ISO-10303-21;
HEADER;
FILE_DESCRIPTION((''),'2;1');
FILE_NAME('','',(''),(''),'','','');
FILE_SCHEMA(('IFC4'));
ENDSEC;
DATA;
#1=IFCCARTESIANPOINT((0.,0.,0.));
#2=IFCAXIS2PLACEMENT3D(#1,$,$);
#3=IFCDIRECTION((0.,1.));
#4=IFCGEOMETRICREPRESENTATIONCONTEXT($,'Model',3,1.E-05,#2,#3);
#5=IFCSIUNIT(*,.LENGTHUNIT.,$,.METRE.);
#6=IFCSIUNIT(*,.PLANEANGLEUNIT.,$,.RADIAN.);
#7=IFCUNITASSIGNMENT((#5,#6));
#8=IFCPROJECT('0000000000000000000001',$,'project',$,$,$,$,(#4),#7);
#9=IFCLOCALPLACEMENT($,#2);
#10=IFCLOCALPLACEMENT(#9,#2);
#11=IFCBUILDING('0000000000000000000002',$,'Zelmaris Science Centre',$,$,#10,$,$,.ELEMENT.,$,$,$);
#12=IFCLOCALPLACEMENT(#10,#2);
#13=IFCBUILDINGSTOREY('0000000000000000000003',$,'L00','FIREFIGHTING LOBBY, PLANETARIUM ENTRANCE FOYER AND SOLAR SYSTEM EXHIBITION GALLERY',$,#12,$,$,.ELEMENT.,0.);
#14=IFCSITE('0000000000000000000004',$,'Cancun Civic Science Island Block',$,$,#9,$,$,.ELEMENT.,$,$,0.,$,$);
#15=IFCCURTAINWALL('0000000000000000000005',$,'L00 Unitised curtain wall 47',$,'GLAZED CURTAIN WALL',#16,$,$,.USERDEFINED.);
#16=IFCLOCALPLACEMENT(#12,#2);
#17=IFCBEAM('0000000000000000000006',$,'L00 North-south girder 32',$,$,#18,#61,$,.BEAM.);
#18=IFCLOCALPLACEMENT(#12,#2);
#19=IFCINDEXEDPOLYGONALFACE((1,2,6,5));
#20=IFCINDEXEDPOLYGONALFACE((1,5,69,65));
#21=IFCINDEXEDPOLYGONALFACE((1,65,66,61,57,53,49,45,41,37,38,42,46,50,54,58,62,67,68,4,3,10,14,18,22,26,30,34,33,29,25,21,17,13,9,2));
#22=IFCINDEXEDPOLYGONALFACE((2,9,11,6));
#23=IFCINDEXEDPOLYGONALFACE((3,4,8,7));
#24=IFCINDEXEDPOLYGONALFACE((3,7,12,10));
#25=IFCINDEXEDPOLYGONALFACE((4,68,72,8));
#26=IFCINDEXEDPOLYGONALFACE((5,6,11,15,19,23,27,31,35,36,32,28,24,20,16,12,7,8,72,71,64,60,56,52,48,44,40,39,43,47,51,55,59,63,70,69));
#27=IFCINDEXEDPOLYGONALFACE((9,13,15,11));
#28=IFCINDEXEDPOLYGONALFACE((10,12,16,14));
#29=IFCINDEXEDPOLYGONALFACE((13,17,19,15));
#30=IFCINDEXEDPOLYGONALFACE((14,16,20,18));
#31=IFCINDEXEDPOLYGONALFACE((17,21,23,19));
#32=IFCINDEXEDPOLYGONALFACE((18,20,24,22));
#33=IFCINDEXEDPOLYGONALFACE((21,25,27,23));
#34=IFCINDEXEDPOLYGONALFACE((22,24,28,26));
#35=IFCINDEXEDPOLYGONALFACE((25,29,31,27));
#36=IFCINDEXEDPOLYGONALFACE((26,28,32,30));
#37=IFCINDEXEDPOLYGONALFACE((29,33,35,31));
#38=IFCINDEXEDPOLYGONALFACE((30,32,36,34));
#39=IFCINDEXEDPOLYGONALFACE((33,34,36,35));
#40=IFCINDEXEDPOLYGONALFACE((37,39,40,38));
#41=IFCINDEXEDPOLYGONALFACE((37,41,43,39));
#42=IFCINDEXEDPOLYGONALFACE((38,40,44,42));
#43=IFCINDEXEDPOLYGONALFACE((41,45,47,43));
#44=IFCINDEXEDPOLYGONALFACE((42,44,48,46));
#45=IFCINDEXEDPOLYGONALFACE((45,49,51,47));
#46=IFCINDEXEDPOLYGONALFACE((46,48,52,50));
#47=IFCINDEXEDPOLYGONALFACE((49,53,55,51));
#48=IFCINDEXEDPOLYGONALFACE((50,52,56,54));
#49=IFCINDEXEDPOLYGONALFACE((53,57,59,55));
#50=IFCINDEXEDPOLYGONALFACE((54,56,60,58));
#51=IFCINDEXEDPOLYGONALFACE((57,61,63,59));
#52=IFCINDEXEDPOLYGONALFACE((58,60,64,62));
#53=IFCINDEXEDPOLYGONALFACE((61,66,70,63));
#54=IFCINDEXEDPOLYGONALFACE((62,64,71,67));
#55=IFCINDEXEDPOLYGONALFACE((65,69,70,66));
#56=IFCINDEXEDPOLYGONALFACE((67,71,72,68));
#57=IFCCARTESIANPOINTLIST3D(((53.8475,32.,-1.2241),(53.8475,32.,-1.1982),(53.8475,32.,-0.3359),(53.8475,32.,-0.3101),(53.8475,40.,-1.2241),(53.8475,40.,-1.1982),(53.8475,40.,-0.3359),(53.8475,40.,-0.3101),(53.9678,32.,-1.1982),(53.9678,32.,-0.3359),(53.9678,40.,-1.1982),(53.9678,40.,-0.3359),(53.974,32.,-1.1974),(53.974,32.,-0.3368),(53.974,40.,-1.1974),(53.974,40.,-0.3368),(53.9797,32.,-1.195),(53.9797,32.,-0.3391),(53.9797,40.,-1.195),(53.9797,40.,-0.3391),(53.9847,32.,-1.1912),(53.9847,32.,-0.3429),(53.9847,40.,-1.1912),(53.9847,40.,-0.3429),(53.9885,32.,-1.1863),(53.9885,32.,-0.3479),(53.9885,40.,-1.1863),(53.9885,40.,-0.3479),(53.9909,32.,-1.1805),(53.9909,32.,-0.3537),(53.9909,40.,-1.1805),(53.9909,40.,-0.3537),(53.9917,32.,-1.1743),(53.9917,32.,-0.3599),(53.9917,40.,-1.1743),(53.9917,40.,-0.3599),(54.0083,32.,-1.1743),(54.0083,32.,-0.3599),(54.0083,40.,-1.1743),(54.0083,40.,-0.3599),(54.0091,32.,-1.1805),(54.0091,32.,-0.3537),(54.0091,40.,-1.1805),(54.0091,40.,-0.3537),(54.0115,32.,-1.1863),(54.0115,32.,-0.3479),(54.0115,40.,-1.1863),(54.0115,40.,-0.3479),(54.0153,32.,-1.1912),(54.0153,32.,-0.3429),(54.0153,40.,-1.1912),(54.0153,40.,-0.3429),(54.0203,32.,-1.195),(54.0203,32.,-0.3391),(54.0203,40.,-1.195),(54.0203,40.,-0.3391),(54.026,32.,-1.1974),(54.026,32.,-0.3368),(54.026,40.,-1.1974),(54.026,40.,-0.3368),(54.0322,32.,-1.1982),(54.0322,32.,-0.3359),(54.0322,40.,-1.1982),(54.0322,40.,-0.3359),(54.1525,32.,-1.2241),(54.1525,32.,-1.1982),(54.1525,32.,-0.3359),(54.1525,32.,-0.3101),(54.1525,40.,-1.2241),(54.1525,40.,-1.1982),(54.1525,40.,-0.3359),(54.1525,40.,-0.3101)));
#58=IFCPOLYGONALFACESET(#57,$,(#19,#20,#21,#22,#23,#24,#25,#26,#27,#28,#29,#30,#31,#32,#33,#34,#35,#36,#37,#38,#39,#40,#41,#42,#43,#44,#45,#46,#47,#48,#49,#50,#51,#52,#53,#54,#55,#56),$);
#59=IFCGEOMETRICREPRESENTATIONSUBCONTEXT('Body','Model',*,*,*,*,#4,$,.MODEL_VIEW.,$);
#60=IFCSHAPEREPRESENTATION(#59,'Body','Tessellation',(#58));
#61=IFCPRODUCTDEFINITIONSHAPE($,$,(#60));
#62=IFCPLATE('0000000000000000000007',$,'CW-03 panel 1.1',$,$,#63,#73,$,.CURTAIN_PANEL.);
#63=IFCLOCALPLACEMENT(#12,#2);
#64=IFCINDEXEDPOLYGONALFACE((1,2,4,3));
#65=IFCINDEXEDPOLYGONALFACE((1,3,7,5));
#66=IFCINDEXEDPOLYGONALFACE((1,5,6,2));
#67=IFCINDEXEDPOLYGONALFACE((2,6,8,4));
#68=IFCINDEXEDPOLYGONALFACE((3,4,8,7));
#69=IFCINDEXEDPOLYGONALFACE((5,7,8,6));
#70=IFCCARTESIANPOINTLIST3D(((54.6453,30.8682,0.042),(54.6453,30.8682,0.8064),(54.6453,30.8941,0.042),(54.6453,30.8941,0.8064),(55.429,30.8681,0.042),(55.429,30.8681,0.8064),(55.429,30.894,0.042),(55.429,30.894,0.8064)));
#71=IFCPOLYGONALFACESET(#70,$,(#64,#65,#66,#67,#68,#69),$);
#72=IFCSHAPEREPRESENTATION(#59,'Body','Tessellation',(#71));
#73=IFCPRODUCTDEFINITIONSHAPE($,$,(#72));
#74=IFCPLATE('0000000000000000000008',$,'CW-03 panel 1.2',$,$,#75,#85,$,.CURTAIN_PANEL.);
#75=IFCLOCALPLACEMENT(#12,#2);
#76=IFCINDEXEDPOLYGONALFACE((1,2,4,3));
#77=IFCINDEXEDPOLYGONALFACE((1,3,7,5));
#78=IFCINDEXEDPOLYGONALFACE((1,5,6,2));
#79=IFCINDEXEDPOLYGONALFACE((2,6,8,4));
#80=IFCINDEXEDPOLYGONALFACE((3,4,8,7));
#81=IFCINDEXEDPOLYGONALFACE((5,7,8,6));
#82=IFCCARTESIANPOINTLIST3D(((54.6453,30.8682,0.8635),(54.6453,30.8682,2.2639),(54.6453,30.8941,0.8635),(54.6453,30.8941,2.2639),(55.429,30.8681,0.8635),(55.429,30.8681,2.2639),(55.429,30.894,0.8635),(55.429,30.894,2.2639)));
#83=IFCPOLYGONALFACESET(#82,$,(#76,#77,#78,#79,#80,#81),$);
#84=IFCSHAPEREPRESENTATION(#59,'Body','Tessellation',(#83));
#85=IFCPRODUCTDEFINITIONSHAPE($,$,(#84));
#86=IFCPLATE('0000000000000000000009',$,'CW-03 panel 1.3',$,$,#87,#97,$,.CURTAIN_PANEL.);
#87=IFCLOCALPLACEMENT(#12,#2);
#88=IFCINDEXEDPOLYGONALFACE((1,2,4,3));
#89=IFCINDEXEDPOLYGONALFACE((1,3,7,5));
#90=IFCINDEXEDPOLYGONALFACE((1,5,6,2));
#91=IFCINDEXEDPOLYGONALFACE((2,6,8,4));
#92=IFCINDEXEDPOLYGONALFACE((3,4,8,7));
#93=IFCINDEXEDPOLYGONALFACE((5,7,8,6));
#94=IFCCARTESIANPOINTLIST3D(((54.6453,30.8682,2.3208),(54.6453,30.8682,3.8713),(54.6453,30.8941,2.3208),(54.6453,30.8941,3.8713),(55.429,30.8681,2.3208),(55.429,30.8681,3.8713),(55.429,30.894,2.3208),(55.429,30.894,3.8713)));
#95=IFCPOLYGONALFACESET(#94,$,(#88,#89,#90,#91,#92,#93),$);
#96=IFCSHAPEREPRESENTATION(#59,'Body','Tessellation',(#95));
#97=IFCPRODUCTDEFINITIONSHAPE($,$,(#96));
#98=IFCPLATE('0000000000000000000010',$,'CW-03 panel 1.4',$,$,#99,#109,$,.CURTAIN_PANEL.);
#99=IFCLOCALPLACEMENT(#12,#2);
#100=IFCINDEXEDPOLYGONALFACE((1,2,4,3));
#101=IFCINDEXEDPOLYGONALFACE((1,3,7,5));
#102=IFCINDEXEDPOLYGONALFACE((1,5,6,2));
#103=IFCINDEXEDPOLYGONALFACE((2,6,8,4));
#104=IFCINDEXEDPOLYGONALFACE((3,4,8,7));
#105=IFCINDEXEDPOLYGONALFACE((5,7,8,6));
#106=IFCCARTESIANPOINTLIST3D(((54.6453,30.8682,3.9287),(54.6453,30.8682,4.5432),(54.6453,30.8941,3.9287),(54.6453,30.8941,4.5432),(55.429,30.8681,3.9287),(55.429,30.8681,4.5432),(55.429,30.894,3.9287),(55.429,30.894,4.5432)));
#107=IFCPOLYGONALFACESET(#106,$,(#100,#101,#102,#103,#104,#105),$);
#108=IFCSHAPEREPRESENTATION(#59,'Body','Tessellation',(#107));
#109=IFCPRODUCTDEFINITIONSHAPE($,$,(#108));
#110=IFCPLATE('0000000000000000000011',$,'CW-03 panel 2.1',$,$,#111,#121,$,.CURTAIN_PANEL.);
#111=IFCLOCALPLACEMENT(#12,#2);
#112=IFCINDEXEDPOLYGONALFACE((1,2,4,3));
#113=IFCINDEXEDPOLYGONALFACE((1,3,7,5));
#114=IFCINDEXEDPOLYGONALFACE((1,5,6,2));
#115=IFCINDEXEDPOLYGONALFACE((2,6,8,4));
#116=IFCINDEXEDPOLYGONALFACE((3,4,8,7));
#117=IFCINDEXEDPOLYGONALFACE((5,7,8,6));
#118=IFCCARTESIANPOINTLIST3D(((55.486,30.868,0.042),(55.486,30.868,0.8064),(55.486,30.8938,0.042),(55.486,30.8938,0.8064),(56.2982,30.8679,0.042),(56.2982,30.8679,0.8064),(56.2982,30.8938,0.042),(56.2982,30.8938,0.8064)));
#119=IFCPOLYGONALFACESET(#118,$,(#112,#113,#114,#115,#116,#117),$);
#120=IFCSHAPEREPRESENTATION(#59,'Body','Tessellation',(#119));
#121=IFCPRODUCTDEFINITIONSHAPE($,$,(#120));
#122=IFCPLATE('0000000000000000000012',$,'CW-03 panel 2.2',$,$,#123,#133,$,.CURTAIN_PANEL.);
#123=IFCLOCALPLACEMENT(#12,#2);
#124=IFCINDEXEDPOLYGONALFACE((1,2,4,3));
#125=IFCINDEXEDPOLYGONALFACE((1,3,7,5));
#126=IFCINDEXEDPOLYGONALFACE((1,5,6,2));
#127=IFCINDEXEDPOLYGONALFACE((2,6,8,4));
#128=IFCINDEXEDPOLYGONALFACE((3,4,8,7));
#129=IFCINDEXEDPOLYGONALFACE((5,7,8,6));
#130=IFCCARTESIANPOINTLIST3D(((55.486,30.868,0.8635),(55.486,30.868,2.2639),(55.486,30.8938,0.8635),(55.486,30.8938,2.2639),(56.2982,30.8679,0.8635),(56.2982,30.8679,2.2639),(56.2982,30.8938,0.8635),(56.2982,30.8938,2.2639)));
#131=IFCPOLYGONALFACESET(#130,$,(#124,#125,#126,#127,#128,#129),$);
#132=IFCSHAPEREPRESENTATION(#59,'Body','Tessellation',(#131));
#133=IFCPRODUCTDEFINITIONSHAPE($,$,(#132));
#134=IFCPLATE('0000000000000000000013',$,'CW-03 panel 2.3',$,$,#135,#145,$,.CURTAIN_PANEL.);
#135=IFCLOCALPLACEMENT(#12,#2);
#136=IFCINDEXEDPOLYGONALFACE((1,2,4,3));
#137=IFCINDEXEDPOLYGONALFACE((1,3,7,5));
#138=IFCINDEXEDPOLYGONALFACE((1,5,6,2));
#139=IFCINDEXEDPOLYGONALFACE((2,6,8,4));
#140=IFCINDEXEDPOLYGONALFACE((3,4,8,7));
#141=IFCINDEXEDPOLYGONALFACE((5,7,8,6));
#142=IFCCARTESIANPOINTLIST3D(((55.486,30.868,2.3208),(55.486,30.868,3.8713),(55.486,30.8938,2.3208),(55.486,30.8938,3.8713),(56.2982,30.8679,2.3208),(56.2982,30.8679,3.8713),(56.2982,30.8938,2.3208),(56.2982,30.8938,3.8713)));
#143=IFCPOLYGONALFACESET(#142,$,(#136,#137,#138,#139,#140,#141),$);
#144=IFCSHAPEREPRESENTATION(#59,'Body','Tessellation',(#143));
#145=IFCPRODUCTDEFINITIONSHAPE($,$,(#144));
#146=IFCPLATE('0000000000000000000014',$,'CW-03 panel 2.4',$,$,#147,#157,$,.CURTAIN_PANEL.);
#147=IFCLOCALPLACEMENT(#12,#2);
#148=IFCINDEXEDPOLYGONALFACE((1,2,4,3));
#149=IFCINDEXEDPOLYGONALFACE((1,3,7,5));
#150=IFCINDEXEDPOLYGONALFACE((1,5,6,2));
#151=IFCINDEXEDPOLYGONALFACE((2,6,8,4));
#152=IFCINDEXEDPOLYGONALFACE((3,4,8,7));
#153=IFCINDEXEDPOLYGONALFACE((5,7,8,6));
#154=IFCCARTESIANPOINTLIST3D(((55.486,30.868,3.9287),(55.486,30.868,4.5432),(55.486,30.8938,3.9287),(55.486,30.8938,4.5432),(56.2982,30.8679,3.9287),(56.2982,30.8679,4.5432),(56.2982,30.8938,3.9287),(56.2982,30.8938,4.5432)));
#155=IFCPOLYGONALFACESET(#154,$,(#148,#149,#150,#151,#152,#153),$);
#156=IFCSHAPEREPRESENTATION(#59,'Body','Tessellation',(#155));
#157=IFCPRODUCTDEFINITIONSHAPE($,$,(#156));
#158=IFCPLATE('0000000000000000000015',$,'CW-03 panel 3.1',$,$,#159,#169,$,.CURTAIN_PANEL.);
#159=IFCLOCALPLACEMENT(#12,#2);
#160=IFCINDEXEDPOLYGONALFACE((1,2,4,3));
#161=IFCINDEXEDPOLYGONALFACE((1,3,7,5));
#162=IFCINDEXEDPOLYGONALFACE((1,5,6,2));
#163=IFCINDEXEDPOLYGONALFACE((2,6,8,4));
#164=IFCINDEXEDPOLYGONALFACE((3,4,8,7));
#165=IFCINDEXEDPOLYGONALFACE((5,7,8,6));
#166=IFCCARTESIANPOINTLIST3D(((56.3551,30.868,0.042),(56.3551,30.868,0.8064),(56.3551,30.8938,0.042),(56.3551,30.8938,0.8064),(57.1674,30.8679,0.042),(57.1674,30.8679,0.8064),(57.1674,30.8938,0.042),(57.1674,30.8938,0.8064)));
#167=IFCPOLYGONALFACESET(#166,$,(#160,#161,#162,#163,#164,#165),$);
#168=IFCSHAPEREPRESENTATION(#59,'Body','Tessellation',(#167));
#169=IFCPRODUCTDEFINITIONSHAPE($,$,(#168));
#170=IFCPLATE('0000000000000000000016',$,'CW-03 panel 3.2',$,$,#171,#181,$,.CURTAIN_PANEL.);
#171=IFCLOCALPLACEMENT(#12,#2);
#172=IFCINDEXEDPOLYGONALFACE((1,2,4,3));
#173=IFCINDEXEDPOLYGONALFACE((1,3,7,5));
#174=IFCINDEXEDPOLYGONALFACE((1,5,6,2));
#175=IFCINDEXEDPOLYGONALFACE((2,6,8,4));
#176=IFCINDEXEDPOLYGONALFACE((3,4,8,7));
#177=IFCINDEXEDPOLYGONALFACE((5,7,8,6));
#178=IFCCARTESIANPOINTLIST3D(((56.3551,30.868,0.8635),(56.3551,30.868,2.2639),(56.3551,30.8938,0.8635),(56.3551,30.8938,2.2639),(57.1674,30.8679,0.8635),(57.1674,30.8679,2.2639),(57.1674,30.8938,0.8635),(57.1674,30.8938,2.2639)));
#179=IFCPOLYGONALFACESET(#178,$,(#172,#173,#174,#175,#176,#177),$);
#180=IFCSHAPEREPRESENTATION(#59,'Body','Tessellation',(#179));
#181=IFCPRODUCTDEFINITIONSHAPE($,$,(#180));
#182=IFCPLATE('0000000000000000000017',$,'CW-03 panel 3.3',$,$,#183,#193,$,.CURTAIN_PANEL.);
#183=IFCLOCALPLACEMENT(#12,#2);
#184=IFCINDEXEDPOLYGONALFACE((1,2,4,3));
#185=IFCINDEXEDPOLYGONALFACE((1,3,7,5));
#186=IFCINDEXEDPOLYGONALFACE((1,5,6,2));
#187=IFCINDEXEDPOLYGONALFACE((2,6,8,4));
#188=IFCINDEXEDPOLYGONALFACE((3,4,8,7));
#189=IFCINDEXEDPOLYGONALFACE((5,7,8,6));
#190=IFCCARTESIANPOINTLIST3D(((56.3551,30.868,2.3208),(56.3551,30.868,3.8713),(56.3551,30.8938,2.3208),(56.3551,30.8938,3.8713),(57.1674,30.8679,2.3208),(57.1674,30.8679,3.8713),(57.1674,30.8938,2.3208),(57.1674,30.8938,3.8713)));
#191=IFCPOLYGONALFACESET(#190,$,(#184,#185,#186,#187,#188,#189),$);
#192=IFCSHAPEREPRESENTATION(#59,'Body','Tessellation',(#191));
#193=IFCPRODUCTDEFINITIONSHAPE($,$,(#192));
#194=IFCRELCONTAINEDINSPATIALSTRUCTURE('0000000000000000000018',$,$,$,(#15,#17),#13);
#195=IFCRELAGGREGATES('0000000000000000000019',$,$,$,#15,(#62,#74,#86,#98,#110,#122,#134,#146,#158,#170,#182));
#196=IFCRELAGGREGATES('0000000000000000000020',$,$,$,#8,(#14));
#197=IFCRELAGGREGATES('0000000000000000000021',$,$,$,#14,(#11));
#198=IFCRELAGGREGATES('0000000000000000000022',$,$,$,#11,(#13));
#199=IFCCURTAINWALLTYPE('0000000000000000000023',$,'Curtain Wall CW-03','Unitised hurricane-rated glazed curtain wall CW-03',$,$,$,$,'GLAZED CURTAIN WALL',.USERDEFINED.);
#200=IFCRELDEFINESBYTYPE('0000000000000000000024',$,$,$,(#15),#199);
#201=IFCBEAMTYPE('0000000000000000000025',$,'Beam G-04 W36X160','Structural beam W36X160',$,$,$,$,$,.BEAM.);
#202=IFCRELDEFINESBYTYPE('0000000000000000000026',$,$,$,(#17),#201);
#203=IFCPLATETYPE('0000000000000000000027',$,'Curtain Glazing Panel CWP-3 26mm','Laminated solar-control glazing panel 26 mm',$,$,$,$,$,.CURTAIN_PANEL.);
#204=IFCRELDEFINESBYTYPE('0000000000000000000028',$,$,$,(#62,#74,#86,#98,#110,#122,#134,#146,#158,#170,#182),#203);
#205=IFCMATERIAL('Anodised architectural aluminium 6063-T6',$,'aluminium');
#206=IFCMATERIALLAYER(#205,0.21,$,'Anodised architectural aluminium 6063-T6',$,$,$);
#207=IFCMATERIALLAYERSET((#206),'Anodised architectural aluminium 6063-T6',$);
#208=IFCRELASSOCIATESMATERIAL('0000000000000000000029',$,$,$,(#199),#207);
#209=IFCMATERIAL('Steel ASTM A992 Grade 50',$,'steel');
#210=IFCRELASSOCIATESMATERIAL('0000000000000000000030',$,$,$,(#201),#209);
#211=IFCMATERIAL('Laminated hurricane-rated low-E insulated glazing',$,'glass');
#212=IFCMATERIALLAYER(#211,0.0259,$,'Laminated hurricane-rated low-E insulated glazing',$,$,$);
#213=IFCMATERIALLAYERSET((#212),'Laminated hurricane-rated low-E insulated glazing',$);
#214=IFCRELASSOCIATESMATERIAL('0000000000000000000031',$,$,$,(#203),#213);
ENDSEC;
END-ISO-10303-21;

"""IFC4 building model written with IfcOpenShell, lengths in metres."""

from ifc_helpers import new_model, si_unit, direction, frame, origin, origin_2d, place, context, subcontext, project, spatial, rectangle, i_section, extrude, material, layer, layer_set, material_profile, profile_set, type_object, element, aggregate, save


model = new_model("IFC4")

# Units and contexts
model_context = context("Model", 3, precision=1e-05, world=origin(), true_north=direction((0.0, 1.0)))
body_context = subcontext(model_context, "Body", "Model", "MODEL_VIEW")
ifc_project = project(units=[si_unit("LENGTHUNIT", "METRE"), si_unit("PLANEANGLEUNIT", "RADIAN")], contexts=[model_context])

# Site, building, storey
site_placement = place(None, origin())
site = spatial("IfcSite", under=ifc_project, at=site_placement, Name="Cancun Civic Science Island Block", CompositionType="ELEMENT", RefElevation=0.0)
building_placement = place(site_placement, origin())
building = spatial("IfcBuilding", under=site, at=building_placement, Name="Zelmaris Science Centre", CompositionType="ELEMENT")
storey_placement = place(building_placement, origin())
storey = spatial("IfcBuildingStorey", under=building, at=storey_placement, Name="L00", Description="FIREFIGHTING LOBBY, PLANETARIUM ENTRANCE FOYER AND SOLAR SYSTEM EXHIBITION GALLERY", CompositionType="ELEMENT", Elevation=0.0)

# Shared definitions
ifc_material_1 = material(Name="Steel ASTM A992 Grade 50", Category="steel")

# Curtain wall
ifc_material_2 = material(Name="Anodised architectural aluminium 6063-T6", Category="aluminium")
ifc_layer_1 = layer(ifc_material_2, 0.21, Name="Anodised architectural aluminium 6063-T6")
ifc_layer_set_1 = layer_set([ifc_layer_1], Name="Anodised architectural aluminium 6063-T6")
curtain_wall_type = type_object("IfcCurtainWallType", Name="Curtain Wall CW-03", Description="Unitised hurricane-rated glazed curtain wall CW-03", ElementType="GLAZED CURTAIN WALL", PredefinedType="USERDEFINED", material=ifc_layer_set_1)
curtain_wall_placement = place(storey_placement, origin())
curtain_wall = element("IfcCurtainWall", 1, at=curtain_wall_placement, inside=storey, type_object=curtain_wall_type, Name="L00 Unitised curtain wall 47", ObjectType="GLAZED CURTAIN WALL", PredefinedType="USERDEFINED")

# Beam
ifc_material_profile_1 = material_profile(ifc_material_1, i_section(OverallWidth=0.3049, OverallDepth=0.9141, WebThickness=0.0166, FlangeThickness=0.0259, FilletRadius=0.0239, at=origin_2d()), Name="W36X160")
ifc_profile_set_1 = profile_set([ifc_material_profile_1], Name="Steel ASTM A992 Grade 50")
beam_type = type_object("IfcBeamType", Name="Beam G-04 W36X160", Description="Structural beam W36X160", PredefinedType="BEAM", material=ifc_profile_set_1)
beam_placement = place(storey_placement, frame((54.0, 32.0, -0.7671), z_axis=(0.0, 1.0, 0.0), x_axis=(-1.0, 0.0, 0.0)))
element("IfcBeam", 2, at=beam_placement, inside=storey, type_object=beam_type, Name="L00 North-south girder 32", PredefinedType="BEAM", context=body_context, shape_type="SweptSolid", body=[
    extrude(i_section(OverallWidth=0.3049, OverallDepth=0.9141, WebThickness=0.0166, FlangeThickness=0.0259, FilletRadius=0.0239, at=origin_2d()), origin(), (0.0, 0.0, 1.0), 8.0),
])

# Plates
ifc_material_3 = material(Name="Laminated hurricane-rated low-E insulated glazing", Category="glass")
ifc_layer_2 = layer(ifc_material_3, 0.0259, Name="Laminated hurricane-rated low-E insulated glazing")
ifc_layer_set_2 = layer_set([ifc_layer_2], Name="Laminated hurricane-rated low-E insulated glazing")
plate_type = type_object("IfcPlateType", Name="Curtain Glazing Panel CWP-3 26mm", Description="Laminated solar-control glazing panel 26 mm", PredefinedType="CURTAIN_PANEL", material=ifc_layer_set_2)
plate_1_placement = place(storey_placement, frame((55.0371, 30.8811, 0.042), z_axis=(0.0, 0.0, 1.0), x_axis=(1.0, -0.000115, 0.0)))
plate_1 = element("IfcPlate", 3, at=plate_1_placement, type_object=plate_type, Name="CW-03 panel 1.1", PredefinedType="CURTAIN_PANEL", context=body_context, shape_type="SweptSolid", body=[
    extrude(rectangle(XDim=0.7837, YDim=0.0259, at=origin_2d()), origin(), (0.0, 0.0, 1.0), 0.7644),
])
plate_2_placement = place(storey_placement, frame((55.0371, 30.8811, 0.8635), z_axis=(0.0, 0.0, 1.0), x_axis=(1.0, -0.000115, 0.0)))
plate_2 = element("IfcPlate", 4, at=plate_2_placement, type_object=plate_type, Name="CW-03 panel 1.2", PredefinedType="CURTAIN_PANEL", context=body_context, shape_type="SweptSolid", body=[
    extrude(rectangle(XDim=0.7837, YDim=0.0259, at=origin_2d()), origin(), (0.0, 0.0, 1.0), 1.4004),
])
plate_3_placement = place(storey_placement, frame((55.0371, 30.8811, 2.3208), z_axis=(0.0, 0.0, 1.0), x_axis=(1.0, -0.000115, 0.0)))
plate_3 = element("IfcPlate", 5, at=plate_3_placement, type_object=plate_type, Name="CW-03 panel 1.3", PredefinedType="CURTAIN_PANEL", context=body_context, shape_type="SweptSolid", body=[
    extrude(rectangle(XDim=0.7837, YDim=0.0259, at=origin_2d()), origin(), (0.0, 0.0, 1.0), 1.5505),
])
plate_4_placement = place(storey_placement, frame((55.0371, 30.8811, 3.9287), z_axis=(0.0, 0.0, 1.0), x_axis=(1.0, -0.000115, 0.0)))
plate_4 = element("IfcPlate", 6, at=plate_4_placement, type_object=plate_type, Name="CW-03 panel 1.4", PredefinedType="CURTAIN_PANEL", context=body_context, shape_type="SweptSolid", body=[
    extrude(rectangle(XDim=0.7837, YDim=0.0259, at=origin_2d()), origin(), (0.0, 0.0, 1.0), 0.6145),
])
plate_5_placement = place(storey_placement, frame((55.8921, 30.8809, 0.042), z_axis=(0.0, 0.0, 1.0), x_axis=(1.0, -0.000115, 0.0)))
plate_5 = element("IfcPlate", 7, at=plate_5_placement, type_object=plate_type, Name="CW-03 panel 2.1", PredefinedType="CURTAIN_PANEL", context=body_context, shape_type="SweptSolid", body=[
    extrude(rectangle(XDim=0.8123, YDim=0.0259, at=origin_2d()), origin(), (0.0, 0.0, 1.0), 0.7644),
])
plate_6_placement = place(storey_placement, frame((55.8921, 30.8809, 0.8635), z_axis=(0.0, 0.0, 1.0), x_axis=(1.0, -0.000115, 0.0)))
plate_6 = element("IfcPlate", 8, at=plate_6_placement, type_object=plate_type, Name="CW-03 panel 2.2", PredefinedType="CURTAIN_PANEL", context=body_context, shape_type="SweptSolid", body=[
    extrude(rectangle(XDim=0.8123, YDim=0.0259, at=origin_2d()), origin(), (0.0, 0.0, 1.0), 1.4004),
])
plate_7_placement = place(storey_placement, frame((55.8921, 30.8809, 2.3208), z_axis=(0.0, 0.0, 1.0), x_axis=(1.0, -0.000115, 0.0)))
plate_7 = element("IfcPlate", 9, at=plate_7_placement, type_object=plate_type, Name="CW-03 panel 2.3", PredefinedType="CURTAIN_PANEL", context=body_context, shape_type="SweptSolid", body=[
    extrude(rectangle(XDim=0.8123, YDim=0.0259, at=origin_2d()), origin(), (0.0, 0.0, 1.0), 1.5505),
])
plate_8_placement = place(storey_placement, frame((55.8921, 30.8809, 3.9287), z_axis=(0.0, 0.0, 1.0), x_axis=(1.0, -0.000115, 0.0)))
plate_8 = element("IfcPlate", 10, at=plate_8_placement, type_object=plate_type, Name="CW-03 panel 2.4", PredefinedType="CURTAIN_PANEL", context=body_context, shape_type="SweptSolid", body=[
    extrude(rectangle(XDim=0.8123, YDim=0.0259, at=origin_2d()), origin(), (0.0, 0.0, 1.0), 0.6145),
])
plate_9_placement = place(storey_placement, frame((56.7612, 30.8809, 0.042), z_axis=(0.0, 0.0, 1.0), x_axis=(1.0, -0.000115, 0.0)))
plate_9 = element("IfcPlate", 11, at=plate_9_placement, type_object=plate_type, Name="CW-03 panel 3.1", PredefinedType="CURTAIN_PANEL", context=body_context, shape_type="SweptSolid", body=[
    extrude(rectangle(XDim=0.8123, YDim=0.0259, at=origin_2d()), origin(), (0.0, 0.0, 1.0), 0.7644),
])
plate_10_placement = place(storey_placement, frame((56.7612, 30.8809, 0.8635), z_axis=(0.0, 0.0, 1.0), x_axis=(1.0, -0.000115, 0.0)))
plate_10 = element("IfcPlate", 12, at=plate_10_placement, type_object=plate_type, Name="CW-03 panel 3.2", PredefinedType="CURTAIN_PANEL", context=body_context, shape_type="SweptSolid", body=[
    extrude(rectangle(XDim=0.8123, YDim=0.0259, at=origin_2d()), origin(), (0.0, 0.0, 1.0), 1.4004),
])
plate_11_placement = place(storey_placement, frame((56.7612, 30.8809, 2.3208), z_axis=(0.0, 0.0, 1.0), x_axis=(1.0, -0.000115, 0.0)))
plate_11 = element("IfcPlate", 13, at=plate_11_placement, type_object=plate_type, Name="CW-03 panel 3.3", PredefinedType="CURTAIN_PANEL", context=body_context, shape_type="SweptSolid", body=[
    extrude(rectangle(XDim=0.8123, YDim=0.0259, at=origin_2d()), origin(), (0.0, 0.0, 1.0), 1.5505),
])
aggregate(curtain_wall, [plate_1, plate_2, plate_3, plate_4, plate_5, plate_6, plate_7, plate_8, plate_9, plate_10, plate_11])

save(model, "model.ifc")
